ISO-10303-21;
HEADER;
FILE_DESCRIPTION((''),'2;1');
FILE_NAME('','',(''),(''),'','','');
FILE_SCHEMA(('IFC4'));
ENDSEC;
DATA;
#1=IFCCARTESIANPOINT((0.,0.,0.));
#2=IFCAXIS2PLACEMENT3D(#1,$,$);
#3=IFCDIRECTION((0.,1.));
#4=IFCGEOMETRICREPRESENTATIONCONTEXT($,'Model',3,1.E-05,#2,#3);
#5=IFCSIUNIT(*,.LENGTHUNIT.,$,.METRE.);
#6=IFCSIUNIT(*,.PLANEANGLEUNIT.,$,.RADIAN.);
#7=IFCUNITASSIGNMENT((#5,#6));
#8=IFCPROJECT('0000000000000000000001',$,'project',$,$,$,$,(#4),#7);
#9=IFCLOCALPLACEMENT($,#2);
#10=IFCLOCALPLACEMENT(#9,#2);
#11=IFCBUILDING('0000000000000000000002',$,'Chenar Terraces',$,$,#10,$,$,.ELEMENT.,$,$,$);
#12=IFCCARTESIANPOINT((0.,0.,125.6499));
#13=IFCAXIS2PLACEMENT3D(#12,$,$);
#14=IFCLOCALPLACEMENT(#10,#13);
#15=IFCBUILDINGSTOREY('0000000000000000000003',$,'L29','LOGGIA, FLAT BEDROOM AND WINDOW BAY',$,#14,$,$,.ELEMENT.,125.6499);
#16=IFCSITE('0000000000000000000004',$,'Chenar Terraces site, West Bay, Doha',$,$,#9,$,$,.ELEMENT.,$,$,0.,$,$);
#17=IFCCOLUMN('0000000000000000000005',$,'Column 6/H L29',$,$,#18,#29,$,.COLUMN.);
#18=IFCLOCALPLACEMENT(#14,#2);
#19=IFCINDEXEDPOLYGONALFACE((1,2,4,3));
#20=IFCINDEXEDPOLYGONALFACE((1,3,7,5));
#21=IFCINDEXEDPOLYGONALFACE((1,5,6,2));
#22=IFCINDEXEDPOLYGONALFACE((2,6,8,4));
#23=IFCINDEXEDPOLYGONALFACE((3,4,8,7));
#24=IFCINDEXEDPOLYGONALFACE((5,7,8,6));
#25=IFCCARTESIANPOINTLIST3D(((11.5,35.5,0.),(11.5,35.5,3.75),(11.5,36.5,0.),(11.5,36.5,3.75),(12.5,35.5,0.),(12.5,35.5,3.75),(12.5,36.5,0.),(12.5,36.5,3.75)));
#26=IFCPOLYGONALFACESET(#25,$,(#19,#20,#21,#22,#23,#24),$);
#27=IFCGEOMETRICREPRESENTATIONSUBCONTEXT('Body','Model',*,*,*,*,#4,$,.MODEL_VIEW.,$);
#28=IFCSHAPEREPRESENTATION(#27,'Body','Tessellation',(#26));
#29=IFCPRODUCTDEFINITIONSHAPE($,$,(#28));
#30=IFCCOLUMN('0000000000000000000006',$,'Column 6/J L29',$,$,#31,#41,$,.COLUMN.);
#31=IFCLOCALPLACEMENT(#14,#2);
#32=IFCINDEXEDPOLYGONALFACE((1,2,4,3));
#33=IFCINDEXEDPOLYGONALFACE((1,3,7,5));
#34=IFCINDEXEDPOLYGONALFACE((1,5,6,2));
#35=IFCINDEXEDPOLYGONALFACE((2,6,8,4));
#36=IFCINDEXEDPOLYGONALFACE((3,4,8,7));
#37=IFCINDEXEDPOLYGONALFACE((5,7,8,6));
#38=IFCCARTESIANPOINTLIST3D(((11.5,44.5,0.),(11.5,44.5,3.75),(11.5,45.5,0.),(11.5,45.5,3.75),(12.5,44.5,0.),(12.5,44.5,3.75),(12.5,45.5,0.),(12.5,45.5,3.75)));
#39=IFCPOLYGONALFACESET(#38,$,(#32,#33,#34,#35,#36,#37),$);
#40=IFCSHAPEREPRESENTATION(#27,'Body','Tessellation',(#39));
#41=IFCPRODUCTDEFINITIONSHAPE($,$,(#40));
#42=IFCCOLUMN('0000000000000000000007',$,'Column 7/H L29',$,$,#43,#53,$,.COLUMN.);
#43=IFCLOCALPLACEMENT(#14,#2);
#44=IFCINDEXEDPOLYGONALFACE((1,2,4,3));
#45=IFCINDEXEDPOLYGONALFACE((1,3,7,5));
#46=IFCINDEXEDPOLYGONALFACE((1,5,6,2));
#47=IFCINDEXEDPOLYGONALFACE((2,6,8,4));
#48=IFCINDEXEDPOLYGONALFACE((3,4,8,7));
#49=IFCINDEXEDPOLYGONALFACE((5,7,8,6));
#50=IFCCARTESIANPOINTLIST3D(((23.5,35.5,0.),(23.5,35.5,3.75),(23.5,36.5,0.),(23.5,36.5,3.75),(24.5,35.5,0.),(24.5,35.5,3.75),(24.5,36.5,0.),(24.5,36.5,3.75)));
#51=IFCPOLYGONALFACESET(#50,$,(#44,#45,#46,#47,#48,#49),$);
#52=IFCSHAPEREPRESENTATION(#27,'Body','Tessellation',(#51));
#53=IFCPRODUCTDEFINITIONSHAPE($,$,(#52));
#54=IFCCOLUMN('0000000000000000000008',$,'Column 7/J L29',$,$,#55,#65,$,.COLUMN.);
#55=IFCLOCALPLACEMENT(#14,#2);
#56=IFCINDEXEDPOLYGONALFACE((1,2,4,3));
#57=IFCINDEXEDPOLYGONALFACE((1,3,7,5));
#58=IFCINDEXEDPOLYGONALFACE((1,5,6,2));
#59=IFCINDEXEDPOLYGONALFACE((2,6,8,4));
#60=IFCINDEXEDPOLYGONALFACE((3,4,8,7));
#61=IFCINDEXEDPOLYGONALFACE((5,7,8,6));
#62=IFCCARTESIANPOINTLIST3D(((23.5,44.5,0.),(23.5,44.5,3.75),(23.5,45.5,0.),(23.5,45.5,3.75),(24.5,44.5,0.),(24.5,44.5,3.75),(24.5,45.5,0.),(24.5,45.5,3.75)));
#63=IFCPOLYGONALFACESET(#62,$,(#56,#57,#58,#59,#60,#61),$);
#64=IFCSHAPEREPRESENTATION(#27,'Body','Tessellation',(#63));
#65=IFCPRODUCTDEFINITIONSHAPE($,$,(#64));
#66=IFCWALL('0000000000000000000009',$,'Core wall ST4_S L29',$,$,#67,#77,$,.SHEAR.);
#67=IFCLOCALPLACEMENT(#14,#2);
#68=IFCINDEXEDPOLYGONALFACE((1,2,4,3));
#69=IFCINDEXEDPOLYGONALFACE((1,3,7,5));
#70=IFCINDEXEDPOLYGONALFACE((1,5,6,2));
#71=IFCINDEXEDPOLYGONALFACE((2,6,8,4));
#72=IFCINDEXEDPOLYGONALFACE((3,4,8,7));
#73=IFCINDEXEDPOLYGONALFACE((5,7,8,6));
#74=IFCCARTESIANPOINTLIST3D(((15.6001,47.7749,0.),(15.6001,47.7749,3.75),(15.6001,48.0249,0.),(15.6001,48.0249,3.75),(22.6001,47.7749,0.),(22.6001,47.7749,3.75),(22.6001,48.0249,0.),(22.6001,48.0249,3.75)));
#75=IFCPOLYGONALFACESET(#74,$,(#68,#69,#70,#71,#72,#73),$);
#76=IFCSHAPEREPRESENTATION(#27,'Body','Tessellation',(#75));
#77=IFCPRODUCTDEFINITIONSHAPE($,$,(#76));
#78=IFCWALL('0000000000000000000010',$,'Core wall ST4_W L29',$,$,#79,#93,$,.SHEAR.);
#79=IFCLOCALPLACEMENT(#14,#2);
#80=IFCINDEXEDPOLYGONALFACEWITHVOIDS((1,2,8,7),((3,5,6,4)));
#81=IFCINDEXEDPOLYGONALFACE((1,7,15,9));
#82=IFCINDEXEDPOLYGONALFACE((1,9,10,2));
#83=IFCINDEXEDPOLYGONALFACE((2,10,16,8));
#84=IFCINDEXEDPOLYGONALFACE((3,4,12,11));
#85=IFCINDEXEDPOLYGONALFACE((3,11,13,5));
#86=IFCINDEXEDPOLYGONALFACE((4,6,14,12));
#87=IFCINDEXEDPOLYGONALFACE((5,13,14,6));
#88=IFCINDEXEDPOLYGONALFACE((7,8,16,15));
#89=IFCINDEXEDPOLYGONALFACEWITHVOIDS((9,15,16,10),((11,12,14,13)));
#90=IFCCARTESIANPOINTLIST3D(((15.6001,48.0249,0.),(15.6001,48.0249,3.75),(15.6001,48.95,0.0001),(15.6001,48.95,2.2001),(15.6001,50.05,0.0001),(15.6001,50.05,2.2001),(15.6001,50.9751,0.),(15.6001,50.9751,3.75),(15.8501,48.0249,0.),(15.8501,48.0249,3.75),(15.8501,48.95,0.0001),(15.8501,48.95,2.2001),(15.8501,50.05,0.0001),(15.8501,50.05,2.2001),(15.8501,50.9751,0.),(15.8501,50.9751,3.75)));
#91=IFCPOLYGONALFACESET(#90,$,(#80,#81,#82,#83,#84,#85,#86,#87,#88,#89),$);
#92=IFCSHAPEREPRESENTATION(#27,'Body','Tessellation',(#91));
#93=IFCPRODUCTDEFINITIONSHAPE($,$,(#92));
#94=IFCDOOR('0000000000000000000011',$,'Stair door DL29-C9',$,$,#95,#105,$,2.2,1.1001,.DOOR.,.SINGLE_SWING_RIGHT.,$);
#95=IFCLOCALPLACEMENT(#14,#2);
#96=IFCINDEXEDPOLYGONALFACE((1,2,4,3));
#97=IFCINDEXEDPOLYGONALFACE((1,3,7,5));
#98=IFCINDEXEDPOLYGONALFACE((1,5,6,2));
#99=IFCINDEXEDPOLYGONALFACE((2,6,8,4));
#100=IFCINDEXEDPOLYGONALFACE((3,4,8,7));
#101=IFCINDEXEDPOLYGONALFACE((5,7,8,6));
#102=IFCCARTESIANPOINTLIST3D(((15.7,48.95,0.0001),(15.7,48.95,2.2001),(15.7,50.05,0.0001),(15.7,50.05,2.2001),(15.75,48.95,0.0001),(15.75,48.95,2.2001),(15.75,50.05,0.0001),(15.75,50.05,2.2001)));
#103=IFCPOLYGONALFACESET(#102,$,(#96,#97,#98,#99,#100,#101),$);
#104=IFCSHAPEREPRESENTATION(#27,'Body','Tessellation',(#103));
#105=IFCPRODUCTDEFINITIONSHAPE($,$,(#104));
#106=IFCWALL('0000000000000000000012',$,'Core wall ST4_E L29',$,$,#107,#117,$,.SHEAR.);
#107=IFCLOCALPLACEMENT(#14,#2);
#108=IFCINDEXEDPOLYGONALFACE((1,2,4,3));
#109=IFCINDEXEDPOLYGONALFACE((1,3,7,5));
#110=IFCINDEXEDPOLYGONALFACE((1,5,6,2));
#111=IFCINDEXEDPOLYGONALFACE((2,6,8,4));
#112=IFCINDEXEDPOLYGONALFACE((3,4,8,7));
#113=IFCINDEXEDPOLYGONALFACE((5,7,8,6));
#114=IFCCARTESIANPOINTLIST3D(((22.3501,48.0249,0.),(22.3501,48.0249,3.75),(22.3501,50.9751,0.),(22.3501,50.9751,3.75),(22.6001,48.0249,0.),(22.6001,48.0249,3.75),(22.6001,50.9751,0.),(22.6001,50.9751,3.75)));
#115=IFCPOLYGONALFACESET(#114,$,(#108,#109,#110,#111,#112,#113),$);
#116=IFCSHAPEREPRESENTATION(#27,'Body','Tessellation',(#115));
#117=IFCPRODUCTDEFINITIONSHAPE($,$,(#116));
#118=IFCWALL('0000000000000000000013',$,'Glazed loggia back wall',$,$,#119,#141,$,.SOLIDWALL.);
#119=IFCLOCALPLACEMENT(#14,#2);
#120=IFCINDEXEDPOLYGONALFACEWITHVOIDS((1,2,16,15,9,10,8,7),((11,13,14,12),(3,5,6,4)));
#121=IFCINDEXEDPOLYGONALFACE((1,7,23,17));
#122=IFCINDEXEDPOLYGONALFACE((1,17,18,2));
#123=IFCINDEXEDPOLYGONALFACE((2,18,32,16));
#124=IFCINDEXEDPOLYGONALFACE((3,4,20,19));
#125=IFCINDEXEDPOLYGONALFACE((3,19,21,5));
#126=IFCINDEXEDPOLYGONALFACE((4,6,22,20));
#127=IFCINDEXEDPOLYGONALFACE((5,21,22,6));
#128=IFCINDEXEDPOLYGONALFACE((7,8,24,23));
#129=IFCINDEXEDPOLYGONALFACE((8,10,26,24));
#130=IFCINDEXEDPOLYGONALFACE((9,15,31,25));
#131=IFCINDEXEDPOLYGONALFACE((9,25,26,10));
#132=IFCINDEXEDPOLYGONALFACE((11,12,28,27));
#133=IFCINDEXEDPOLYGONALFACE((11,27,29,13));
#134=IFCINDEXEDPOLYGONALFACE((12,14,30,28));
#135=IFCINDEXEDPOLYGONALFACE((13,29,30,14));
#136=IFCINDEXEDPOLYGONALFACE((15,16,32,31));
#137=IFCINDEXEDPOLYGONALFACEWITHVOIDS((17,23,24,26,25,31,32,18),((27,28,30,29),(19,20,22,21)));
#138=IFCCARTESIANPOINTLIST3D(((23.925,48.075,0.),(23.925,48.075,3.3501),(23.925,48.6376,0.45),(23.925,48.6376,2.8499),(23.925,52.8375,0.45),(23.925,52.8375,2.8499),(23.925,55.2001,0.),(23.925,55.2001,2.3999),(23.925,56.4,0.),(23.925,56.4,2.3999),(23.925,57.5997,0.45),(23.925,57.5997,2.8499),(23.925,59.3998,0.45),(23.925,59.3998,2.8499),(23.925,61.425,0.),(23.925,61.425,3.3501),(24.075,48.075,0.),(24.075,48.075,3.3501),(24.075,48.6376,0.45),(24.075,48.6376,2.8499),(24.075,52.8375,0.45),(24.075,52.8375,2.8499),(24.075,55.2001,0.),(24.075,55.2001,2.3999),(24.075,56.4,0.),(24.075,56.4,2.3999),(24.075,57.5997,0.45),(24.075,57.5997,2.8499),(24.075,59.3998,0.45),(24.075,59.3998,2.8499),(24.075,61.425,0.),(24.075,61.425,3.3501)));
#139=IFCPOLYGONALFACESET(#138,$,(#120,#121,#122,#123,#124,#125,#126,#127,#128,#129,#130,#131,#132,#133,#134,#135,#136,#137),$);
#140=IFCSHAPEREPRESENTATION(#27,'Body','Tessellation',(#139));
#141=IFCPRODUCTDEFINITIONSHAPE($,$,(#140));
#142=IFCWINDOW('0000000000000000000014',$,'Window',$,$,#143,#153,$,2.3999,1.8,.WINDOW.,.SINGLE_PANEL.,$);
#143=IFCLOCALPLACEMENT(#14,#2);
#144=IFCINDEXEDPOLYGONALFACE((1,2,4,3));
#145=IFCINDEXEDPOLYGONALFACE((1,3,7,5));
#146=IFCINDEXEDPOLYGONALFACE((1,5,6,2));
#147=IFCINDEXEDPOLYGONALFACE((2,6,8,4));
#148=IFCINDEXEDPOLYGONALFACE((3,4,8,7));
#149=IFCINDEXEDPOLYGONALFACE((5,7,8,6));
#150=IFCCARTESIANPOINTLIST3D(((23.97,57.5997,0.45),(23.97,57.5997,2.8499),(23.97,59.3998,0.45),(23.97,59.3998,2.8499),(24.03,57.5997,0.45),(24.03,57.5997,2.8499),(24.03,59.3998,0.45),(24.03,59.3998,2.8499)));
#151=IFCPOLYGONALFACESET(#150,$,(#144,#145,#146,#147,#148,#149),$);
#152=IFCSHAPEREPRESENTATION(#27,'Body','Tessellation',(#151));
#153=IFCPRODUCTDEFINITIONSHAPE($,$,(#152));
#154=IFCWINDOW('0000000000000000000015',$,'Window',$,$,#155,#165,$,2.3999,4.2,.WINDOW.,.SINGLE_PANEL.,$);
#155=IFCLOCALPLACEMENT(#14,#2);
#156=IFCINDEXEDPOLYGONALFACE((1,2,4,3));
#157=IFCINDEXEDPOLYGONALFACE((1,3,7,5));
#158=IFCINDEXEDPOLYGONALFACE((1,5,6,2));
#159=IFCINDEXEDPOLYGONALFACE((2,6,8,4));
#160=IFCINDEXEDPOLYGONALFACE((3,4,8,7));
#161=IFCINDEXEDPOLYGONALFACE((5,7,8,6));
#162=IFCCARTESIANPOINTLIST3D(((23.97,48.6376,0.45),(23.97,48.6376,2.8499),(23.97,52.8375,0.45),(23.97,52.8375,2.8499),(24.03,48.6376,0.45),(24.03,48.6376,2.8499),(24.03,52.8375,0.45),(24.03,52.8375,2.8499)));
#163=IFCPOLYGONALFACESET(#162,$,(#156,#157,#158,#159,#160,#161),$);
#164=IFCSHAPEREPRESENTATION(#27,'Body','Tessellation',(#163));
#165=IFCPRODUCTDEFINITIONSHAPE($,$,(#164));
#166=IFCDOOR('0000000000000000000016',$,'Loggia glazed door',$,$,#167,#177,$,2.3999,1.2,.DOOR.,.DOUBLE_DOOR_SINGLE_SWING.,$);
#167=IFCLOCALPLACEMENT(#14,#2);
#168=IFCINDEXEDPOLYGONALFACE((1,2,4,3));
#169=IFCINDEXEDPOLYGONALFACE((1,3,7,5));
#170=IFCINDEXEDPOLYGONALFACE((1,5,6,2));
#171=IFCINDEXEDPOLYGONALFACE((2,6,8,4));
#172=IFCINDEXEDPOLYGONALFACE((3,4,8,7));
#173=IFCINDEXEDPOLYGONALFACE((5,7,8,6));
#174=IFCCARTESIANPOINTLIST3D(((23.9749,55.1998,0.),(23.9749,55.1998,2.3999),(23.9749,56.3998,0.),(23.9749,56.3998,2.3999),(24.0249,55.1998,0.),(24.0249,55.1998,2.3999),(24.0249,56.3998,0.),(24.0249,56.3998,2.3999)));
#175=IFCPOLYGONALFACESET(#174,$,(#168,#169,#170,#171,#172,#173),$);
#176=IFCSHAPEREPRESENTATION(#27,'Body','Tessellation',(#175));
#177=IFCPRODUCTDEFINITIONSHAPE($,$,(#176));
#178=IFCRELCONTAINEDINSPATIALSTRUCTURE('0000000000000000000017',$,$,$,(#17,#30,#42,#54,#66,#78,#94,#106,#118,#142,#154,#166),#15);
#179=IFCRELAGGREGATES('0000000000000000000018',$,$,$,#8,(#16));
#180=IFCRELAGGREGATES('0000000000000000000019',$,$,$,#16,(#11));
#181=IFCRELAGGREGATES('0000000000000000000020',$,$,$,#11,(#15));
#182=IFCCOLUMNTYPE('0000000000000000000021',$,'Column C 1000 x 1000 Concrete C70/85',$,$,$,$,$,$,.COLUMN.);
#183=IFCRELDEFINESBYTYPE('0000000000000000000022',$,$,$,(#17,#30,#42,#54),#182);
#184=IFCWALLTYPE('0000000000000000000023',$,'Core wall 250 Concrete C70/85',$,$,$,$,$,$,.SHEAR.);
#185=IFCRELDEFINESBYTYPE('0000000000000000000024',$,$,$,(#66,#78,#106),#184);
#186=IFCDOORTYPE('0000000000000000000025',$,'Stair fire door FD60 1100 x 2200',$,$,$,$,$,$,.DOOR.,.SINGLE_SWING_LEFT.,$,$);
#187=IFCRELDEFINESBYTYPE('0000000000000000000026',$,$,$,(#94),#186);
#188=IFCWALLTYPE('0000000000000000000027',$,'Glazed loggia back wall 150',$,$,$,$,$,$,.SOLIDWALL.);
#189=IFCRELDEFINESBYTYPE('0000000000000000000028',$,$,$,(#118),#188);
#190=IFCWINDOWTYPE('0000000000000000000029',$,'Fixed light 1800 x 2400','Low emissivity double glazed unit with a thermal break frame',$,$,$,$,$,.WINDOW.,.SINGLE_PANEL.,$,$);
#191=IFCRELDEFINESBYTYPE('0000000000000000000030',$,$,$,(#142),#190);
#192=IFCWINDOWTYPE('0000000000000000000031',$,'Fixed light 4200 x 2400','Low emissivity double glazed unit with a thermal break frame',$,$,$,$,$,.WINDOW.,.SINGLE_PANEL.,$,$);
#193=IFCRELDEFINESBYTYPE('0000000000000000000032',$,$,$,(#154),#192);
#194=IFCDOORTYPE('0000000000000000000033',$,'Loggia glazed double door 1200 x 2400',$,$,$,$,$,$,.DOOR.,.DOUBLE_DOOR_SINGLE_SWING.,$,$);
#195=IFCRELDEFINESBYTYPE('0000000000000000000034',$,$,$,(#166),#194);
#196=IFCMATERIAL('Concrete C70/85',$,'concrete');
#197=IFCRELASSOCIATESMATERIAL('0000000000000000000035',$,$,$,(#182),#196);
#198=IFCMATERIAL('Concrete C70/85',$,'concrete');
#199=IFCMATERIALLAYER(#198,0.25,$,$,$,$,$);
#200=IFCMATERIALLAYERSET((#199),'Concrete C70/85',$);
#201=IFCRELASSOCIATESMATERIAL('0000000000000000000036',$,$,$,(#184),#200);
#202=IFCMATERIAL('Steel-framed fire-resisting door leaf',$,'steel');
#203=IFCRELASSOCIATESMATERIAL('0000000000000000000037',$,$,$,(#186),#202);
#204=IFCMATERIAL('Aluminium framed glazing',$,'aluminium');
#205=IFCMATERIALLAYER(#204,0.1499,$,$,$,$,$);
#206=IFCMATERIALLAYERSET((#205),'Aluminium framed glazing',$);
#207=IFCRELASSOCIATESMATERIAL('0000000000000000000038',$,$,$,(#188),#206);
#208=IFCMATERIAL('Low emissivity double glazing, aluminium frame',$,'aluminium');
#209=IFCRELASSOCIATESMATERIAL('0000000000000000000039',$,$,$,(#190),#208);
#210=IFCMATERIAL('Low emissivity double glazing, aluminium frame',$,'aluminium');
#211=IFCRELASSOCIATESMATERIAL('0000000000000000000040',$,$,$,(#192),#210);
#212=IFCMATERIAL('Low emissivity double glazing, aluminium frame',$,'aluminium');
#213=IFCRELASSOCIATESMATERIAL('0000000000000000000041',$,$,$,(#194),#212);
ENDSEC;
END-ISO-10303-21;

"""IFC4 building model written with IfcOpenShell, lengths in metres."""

from ifc_helpers import new_model, si_unit, direction, frame, frame_2d, origin, origin_2d, place, context, subcontext, project, spatial, rectangle, extrude, material, layer, layer_set, material_profile, profile_set, type_object, element, fill, save


model = new_model("IFC4")

# Units and contexts
model_context = context("Model", 3, precision=1e-05, world=origin(), true_north=direction((0.0, 1.0)))
body_context = subcontext(model_context, "Body", "Model", "MODEL_VIEW")
ifc_project = project(units=[si_unit("LENGTHUNIT", "METRE"), si_unit("PLANEANGLEUNIT", "RADIAN")], contexts=[model_context])

# Site, building, storey
site_placement = place(None, origin())
site = spatial("IfcSite", under=ifc_project, at=site_placement, Name="Chenar Terraces site, West Bay, Doha", CompositionType="ELEMENT", RefElevation=0.0)
building_placement = place(site_placement, origin())
building = spatial("IfcBuilding", under=site, at=building_placement, Name="Chenar Terraces", CompositionType="ELEMENT")
storey_placement = place(building_placement, frame((0.0, 0.0, 125.6499)))
storey = spatial("IfcBuildingStorey", under=building, at=storey_placement, Name="L29", Description="LOGGIA, FLAT BEDROOM AND WINDOW BAY", CompositionType="ELEMENT", Elevation=125.6499)

# Columns
ifc_material_1 = material(Name="Concrete C70/85", Category="concrete")
ifc_material_profile = material_profile(ifc_material_1, rectangle(XDim=1.0, YDim=1.0, at=origin_2d()), Name="C 1000 x 1000")
ifc_profile_set = profile_set([ifc_material_profile], Name="Concrete C70/85")
column_type = type_object("IfcColumnType", Name="Column C 1000 x 1000 Concrete C70/85", PredefinedType="COLUMN", material=ifc_profile_set)
for number, where, z_axis, x_axis, name in (
    (1, (12.0, 36.0, 0.0), (0.0, 0.0, 1.0), (1.0, 0.0, 0.0), "Column 6/H L29"),
    (2, (12.0, 45.0, 0.0), (0.0, 0.0, 1.0), (1.0, 0.0, 0.0), "Column 6/J L29"),
    (3, (24.0, 36.0, 0.0), (0.0, 0.0, 1.0), (1.0, 0.0, 0.0), "Column 7/H L29"),
    (4, (24.0, 45.0, 0.0), (0.0, 0.0, 1.0), (1.0, 0.0, 0.0), "Column 7/J L29"),
):
    element("IfcColumn", number, at=place(storey_placement, frame(where, z_axis=z_axis, x_axis=x_axis)), inside=storey, type_object=column_type, Name=name, PredefinedType="COLUMN", context=body_context, shape_type="SweptSolid", body=[
        extrude(rectangle(XDim=1.0, YDim=1.0, at=origin_2d()), origin(), (0.0, 0.0, 1.0), 3.75),
    ])

# Wall
ifc_material_2 = material(Name="Concrete C70/85", Category="concrete")
ifc_layer_1 = layer(ifc_material_2, 0.25)
ifc_layer_set_1 = layer_set([ifc_layer_1], Name="Concrete C70/85")
wall_type_1 = type_object("IfcWallType", Name="Core wall 250 Concrete C70/85", PredefinedType="SHEAR", material=ifc_layer_set_1)
wall_1_placement = place(storey_placement, frame((15.6001, 47.8999, 0.0), z_axis=(0.0, 0.0, 1.0), x_axis=(1.0, 0.0, 0.0)))
element("IfcWall", 5, at=wall_1_placement, inside=storey, type_object=wall_type_1, Name="Core wall ST4_S L29", PredefinedType="SHEAR", context=body_context, shape_type="SweptSolid", body=[
    extrude(rectangle(XDim=7.0, YDim=0.25, at=frame_2d((3.5, 0.0))), origin(), (0.0, 0.0, 1.0), 3.75),
])

# Wall, opening, door
wall_2_placement = place(storey_placement, frame((15.7251, 48.0249, 0.0), z_axis=(0.0, 0.0, 1.0), x_axis=(0.0, 1.0, 0.0)))
wall_2 = element("IfcWall", 6, at=wall_2_placement, inside=storey, type_object=wall_type_1, Name="Core wall ST4_W L29", PredefinedType="SHEAR", context=body_context, shape_type="SweptSolid", body=[
    extrude(rectangle(XDim=2.9502, YDim=0.25, at=frame_2d((1.4751, 0.0))), origin(), (0.0, 0.0, 1.0), 3.75),
])
opening_1_placement = place(wall_2_placement, frame((0.925, 0.0, 0.0)))
opening_1 = element("IfcOpeningElement", 7, at=opening_1_placement, cuts=wall_2, PredefinedType="OPENING", context=body_context, shape_type="SweptSolid", body=[
    extrude(rectangle(XDim=1.1001, YDim=2.2, at=frame_2d((0.55, 1.1001))), frame((0.0, 0.135, 0.0), z_axis=(0.0, -1.0, 0.0), x_axis=(1.0, 0.0, 0.0)), (0.0, 0.0, 1.0), 0.27),
])
ifc_material_3 = material(Name="Steel-framed fire-resisting door leaf", Category="steel")
door_type_1 = type_object("IfcDoorType", Name="Stair fire door FD60 1100 x 2200", OperationType="SINGLE_SWING_LEFT", PredefinedType="DOOR", material=ifc_material_3)
door_1_placement = place(opening_1_placement, frame((1.1001, 0.0, 0.0), z_axis=(0.0, 0.0, 1.0), x_axis=(-1.0, 0.0, 0.0)))
door_1 = element("IfcDoor", 8, at=door_1_placement, inside=storey, type_object=door_type_1, Name="Stair door DL29-C9", OperationType="SINGLE_SWING_RIGHT", OverallHeight=2.2, OverallWidth=1.1001, PredefinedType="DOOR", context=body_context, shape_type="SweptSolid", body=[
    extrude(rectangle(XDim=1.1001, YDim=2.2, at=frame_2d((0.55, 1.1001))), frame((0.0, 0.0249, 0.0), z_axis=(0.0, -1.0, 0.0), x_axis=(1.0, 0.0, 0.0)), (0.0, 0.0, 1.0), 0.05),
])
fill(opening_1, door_1)

# Wall
wall_3_placement = place(storey_placement, frame((22.4751, 48.0249, 0.0), z_axis=(0.0, 0.0, 1.0), x_axis=(0.0, 1.0, 0.0)))
element("IfcWall", 9, at=wall_3_placement, inside=storey, type_object=wall_type_1, Name="Core wall ST4_E L29", PredefinedType="SHEAR", context=body_context, shape_type="SweptSolid", body=[
    extrude(rectangle(XDim=2.9502, YDim=0.25, at=frame_2d((1.4751, 0.0))), origin(), (0.0, 0.0, 1.0), 3.75),
])

# Wall, openings, windows, door
ifc_material_4 = material(Name="Aluminium framed glazing", Category="aluminium")
ifc_layer_2 = layer(ifc_material_4, 0.1499)
ifc_layer_set_2 = layer_set([ifc_layer_2], Name="Aluminium framed glazing")
wall_type_2 = type_object("IfcWallType", Name="Glazed loggia back wall 150", PredefinedType="SOLIDWALL", material=ifc_layer_set_2)
wall_4_placement = place(storey_placement, frame((24.0, 48.075, 0.0), z_axis=(0.0, 0.0, 1.0), x_axis=(0.0, 1.0, 0.0)))
wall_4 = element("IfcWall", 10, at=wall_4_placement, inside=storey, type_object=wall_type_2, Name="Glazed loggia back wall", PredefinedType="SOLIDWALL", context=body_context, shape_type="SweptSolid", body=[
    extrude(rectangle(XDim=13.3501, YDim=0.1499, at=frame_2d((6.675, 0.0))), origin(), (0.0, 0.0, 1.0), 3.3501),
])
opening_2_placement = place(wall_4_placement, frame((0.5625, 0.0, 0.45)))
opening_2 = element("IfcOpeningElement", 11, at=opening_2_placement, cuts=wall_4, PredefinedType="OPENING", context=body_context, shape_type="SweptSolid", body=[
    extrude(rectangle(XDim=4.2, YDim=2.3999, at=frame_2d((2.1001, 1.2))), frame((0.0, 0.085, 0.0), z_axis=(0.0, -1.0, 0.0), x_axis=(1.0, 0.0, 0.0)), (0.0, 0.0, 1.0), 0.1699),
])
opening_3_placement = place(wall_4_placement, frame((7.125, 0.0, 0.0)))
opening_3 = element("IfcOpeningElement", 12, at=opening_3_placement, cuts=wall_4, PredefinedType="OPENING", context=body_context, shape_type="SweptSolid", body=[
    extrude(rectangle(XDim=1.2, YDim=2.3999, at=frame_2d((0.6001, 1.2))), frame((0.0, 0.085, 0.0), z_axis=(0.0, -1.0, 0.0), x_axis=(1.0, 0.0, 0.0)), (0.0, 0.0, 1.0), 0.1699),
])
opening_4_placement = place(wall_4_placement, frame((9.5249, 0.0, 0.45)))
opening_4 = element("IfcOpeningElement", 13, at=opening_4_placement, cuts=wall_4, PredefinedType="OPENING", context=body_context, shape_type="SweptSolid", body=[
    extrude(rectangle(XDim=1.8, YDim=2.3999, at=frame_2d((0.8999, 1.2))), frame((0.0, 0.085, 0.0), z_axis=(0.0, -1.0, 0.0), x_axis=(1.0, 0.0, 0.0)), (0.0, 0.0, 1.0), 0.1699),
])
ifc_material_5 = material(Name="Low emissivity double glazing, aluminium frame", Category="aluminium")
window_type_1 = type_object("IfcWindowType", Name="Fixed light 1800 x 2400", Description="Low emissivity double glazed unit with a thermal break frame", PartitioningType="SINGLE_PANEL", PredefinedType="WINDOW", material=ifc_material_5)
window_1_placement = place(opening_4_placement, origin())
window_1 = element("IfcWindow", 14, at=window_1_placement, inside=storey, type_object=window_type_1, Name="Window", OverallHeight=2.3999, OverallWidth=1.8, PartitioningType="SINGLE_PANEL", PredefinedType="WINDOW", context=body_context, shape_type="SweptSolid", body=[
    extrude(rectangle(XDim=1.8, YDim=2.3999, at=frame_2d((0.8999, 1.2))), frame((0.0, 0.03, 0.0), z_axis=(0.0, -1.0, 0.0), x_axis=(1.0, 0.0, 0.0)), (0.0, 0.0, 1.0), 0.0601),
])
fill(opening_4, window_1)
ifc_material_6 = material(Name="Low emissivity double glazing, aluminium frame", Category="aluminium")
window_type_2 = type_object("IfcWindowType", Name="Fixed light 4200 x 2400", Description="Low emissivity double glazed unit with a thermal break frame", PartitioningType="SINGLE_PANEL", PredefinedType="WINDOW", material=ifc_material_6)
window_2_placement = place(opening_2_placement, origin())
window_2 = element("IfcWindow", 15, at=window_2_placement, inside=storey, type_object=window_type_2, Name="Window", OverallHeight=2.3999, OverallWidth=4.2, PartitioningType="SINGLE_PANEL", PredefinedType="WINDOW", context=body_context, shape_type="SweptSolid", body=[
    extrude(rectangle(XDim=4.2, YDim=2.3999, at=frame_2d((2.1001, 1.2))), frame((0.0, 0.03, 0.0), z_axis=(0.0, -1.0, 0.0), x_axis=(1.0, 0.0, 0.0)), (0.0, 0.0, 1.0), 0.0601),
])
fill(opening_2, window_2)
ifc_material_7 = material(Name="Low emissivity double glazing, aluminium frame", Category="aluminium")
door_type_2 = type_object("IfcDoorType", Name="Loggia glazed double door 1200 x 2400", OperationType="DOUBLE_DOOR_SINGLE_SWING", PredefinedType="DOOR", material=ifc_material_7)
door_2_placement = place(opening_3_placement, frame((1.2, 0.0, 0.0), z_axis=(0.0, 0.0, 1.0), x_axis=(-1.0, 0.0, 0.0)))
door_2 = element("IfcDoor", 16, at=door_2_placement, inside=storey, type_object=door_type_2, Name="Loggia glazed door", OperationType="DOUBLE_DOOR_SINGLE_SWING", OverallHeight=2.3999, OverallWidth=1.2, PredefinedType="DOOR", context=body_context, shape_type="SweptSolid", body=[
    extrude(rectangle(XDim=1.2, YDim=2.3999, at=frame_2d((0.6001, 1.2))), frame((0.0, 0.0249, 0.0), z_axis=(0.0, -1.0, 0.0), x_axis=(1.0, 0.0, 0.0)), (0.0, 0.0, 1.0), 0.05),
])
fill(opening_3, door_2)

save(model, "model.ifc")
